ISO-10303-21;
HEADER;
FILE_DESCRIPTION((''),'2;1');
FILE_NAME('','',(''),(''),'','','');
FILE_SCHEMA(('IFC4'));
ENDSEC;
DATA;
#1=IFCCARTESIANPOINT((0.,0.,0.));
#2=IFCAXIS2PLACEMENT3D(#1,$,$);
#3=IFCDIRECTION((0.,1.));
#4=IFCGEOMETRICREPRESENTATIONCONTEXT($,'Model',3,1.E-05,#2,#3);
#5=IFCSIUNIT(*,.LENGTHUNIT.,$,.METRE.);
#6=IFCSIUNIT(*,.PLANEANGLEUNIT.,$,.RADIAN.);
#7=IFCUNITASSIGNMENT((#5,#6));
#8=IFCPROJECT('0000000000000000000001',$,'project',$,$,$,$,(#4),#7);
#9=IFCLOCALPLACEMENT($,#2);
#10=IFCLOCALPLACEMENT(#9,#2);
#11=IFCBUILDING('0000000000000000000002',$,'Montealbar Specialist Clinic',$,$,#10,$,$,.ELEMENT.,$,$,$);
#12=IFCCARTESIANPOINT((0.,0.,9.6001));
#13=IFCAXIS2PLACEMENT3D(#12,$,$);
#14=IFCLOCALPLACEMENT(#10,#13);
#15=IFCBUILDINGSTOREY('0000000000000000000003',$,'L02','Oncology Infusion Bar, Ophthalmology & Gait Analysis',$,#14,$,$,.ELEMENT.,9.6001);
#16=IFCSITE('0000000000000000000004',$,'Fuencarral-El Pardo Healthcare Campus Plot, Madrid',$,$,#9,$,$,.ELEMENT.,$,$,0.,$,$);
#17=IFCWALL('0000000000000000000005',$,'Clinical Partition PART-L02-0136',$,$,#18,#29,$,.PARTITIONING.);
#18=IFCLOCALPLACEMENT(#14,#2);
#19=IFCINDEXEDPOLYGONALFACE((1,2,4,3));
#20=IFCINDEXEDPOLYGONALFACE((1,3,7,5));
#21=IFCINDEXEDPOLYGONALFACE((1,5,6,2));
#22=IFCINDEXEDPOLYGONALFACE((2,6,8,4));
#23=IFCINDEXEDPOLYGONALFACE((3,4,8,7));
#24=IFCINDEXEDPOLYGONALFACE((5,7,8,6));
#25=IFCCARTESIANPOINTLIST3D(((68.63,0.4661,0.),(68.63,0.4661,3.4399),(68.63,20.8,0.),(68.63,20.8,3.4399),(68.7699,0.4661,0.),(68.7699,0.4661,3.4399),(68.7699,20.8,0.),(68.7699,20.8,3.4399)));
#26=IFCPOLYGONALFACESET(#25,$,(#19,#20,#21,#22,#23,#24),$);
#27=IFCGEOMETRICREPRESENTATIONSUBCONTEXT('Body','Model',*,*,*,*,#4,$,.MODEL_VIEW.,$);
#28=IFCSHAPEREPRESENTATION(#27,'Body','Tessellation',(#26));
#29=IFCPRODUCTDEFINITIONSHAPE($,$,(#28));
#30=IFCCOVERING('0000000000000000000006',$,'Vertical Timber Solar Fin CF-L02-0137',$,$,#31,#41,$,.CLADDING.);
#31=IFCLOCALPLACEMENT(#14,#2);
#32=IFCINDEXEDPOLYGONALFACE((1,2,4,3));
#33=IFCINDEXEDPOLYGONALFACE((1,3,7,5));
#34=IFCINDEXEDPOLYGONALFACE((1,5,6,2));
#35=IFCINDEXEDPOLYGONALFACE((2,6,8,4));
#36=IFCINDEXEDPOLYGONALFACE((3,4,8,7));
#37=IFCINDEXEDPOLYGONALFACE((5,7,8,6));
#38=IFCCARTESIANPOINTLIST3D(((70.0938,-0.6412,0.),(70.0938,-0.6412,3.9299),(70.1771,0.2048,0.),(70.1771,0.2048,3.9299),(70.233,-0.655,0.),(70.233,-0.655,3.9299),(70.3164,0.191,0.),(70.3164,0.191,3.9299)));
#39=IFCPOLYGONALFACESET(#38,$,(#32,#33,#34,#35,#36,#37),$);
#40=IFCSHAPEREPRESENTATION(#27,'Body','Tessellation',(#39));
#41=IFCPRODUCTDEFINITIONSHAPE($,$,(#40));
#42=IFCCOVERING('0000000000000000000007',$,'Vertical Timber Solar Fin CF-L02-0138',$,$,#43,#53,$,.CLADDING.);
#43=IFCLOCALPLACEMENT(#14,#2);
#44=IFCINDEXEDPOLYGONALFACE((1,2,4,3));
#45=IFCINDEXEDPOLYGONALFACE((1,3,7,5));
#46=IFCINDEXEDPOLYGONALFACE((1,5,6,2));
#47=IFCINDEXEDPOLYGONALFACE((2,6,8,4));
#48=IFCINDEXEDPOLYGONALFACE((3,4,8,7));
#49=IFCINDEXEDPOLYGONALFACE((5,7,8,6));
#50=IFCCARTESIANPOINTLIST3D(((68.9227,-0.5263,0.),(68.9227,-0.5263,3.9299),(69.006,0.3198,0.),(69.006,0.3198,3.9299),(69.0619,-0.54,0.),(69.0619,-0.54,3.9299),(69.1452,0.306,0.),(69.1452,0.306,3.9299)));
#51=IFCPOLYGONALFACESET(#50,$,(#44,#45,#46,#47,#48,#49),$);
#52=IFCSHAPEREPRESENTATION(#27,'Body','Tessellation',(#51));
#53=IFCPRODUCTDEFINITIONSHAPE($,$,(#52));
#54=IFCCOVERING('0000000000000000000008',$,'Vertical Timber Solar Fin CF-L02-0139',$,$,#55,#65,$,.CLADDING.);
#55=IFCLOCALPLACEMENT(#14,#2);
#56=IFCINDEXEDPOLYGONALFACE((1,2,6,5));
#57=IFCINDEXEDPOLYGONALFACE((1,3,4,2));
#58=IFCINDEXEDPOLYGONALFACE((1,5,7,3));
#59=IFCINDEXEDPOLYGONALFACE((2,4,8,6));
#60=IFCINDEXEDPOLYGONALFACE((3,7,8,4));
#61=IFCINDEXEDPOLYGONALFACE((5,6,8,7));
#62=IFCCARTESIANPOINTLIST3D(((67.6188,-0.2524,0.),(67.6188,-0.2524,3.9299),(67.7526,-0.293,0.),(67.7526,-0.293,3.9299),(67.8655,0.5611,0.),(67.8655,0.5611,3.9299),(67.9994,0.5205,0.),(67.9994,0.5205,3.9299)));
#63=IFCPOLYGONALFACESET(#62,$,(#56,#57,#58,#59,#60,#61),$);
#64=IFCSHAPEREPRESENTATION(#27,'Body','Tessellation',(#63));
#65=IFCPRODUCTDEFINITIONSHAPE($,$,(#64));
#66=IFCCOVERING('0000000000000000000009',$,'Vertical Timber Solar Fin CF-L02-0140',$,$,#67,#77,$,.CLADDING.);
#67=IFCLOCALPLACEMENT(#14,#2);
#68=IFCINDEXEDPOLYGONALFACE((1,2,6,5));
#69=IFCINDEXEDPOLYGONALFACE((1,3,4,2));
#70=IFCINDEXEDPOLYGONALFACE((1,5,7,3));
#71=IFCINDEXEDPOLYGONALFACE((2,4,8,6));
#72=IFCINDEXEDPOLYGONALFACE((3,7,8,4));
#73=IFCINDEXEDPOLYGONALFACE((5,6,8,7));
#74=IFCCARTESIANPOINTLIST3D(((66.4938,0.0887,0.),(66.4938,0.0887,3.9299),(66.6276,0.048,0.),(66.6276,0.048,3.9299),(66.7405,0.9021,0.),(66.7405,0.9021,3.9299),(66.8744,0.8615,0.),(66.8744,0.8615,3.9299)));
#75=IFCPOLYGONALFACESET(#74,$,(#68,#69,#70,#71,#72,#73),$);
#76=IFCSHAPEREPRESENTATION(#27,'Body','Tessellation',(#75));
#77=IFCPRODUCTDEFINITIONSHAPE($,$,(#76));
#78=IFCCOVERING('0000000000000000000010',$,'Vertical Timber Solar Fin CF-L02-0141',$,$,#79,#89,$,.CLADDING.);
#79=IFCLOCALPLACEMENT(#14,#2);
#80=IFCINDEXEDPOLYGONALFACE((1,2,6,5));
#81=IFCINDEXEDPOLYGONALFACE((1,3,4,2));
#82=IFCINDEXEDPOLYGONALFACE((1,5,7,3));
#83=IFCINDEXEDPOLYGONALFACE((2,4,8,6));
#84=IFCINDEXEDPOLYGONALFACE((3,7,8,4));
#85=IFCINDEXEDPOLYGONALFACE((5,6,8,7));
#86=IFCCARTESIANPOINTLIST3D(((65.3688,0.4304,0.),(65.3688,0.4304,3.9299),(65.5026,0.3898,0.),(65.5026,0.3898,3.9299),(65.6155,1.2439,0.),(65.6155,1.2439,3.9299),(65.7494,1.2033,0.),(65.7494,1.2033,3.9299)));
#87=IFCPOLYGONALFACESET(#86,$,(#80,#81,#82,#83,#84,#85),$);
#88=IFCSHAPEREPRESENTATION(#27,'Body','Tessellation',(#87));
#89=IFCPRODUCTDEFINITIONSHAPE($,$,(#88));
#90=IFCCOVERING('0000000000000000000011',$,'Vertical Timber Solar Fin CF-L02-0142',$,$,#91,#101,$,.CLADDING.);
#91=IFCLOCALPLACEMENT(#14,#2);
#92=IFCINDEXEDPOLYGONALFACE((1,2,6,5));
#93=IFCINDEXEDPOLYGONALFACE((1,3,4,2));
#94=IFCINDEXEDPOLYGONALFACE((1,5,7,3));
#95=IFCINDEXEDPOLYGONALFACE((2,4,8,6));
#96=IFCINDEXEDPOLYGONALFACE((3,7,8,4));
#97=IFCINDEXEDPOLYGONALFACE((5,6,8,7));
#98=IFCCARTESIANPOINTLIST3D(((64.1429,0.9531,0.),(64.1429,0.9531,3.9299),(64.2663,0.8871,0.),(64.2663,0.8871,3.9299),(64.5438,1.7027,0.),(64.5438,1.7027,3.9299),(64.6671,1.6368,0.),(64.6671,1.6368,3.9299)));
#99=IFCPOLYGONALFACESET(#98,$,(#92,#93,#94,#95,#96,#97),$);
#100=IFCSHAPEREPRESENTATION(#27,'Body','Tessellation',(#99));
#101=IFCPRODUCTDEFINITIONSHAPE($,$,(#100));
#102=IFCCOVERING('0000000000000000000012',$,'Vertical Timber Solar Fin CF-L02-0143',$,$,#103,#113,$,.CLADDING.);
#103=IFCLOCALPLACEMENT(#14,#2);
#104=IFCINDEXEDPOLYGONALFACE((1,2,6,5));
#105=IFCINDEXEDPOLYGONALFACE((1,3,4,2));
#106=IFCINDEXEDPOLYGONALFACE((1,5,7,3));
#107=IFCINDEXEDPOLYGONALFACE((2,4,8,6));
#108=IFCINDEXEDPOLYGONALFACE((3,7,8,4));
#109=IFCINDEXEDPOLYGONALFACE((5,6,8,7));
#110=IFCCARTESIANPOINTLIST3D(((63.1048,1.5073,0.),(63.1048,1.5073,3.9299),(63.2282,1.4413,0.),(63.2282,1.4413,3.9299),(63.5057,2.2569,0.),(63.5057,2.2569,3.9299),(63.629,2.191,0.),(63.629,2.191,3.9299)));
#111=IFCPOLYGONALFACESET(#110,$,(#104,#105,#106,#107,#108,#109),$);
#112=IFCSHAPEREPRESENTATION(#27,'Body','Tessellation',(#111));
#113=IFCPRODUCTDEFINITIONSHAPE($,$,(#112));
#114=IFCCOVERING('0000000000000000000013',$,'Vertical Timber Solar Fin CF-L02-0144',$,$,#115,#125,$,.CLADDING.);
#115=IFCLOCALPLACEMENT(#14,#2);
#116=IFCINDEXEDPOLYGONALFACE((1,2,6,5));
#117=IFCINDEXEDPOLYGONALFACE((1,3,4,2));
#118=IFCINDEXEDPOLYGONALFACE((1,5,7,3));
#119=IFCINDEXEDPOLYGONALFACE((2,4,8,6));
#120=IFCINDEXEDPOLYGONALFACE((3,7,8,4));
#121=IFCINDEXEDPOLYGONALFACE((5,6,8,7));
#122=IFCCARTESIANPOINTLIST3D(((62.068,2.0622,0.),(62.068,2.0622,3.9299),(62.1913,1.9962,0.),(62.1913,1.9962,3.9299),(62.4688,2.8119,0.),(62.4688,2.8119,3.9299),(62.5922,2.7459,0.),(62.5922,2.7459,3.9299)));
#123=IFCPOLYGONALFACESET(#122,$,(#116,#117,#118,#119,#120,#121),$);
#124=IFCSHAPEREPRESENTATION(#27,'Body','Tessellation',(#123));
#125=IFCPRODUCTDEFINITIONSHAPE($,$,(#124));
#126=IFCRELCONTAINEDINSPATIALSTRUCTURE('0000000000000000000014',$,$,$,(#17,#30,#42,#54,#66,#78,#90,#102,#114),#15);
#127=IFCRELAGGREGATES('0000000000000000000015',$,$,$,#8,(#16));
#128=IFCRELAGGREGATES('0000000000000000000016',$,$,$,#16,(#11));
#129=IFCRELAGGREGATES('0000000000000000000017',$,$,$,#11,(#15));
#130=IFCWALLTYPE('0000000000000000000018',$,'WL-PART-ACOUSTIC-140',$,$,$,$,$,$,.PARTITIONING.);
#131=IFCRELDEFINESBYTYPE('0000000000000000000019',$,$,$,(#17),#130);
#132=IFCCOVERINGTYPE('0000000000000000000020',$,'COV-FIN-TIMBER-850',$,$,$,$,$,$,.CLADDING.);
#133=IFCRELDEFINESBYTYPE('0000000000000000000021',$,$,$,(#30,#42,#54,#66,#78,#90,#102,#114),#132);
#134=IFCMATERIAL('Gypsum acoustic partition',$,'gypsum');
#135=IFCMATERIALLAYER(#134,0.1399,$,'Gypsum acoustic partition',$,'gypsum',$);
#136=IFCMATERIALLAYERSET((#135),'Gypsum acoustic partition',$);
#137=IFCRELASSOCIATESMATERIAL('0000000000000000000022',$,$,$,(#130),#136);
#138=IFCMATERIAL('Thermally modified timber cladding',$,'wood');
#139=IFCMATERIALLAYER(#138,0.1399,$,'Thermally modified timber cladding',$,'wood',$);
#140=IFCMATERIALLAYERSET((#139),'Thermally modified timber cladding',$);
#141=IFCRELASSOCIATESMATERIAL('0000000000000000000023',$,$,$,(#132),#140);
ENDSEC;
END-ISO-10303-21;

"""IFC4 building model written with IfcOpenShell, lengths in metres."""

from ifc_helpers import new_model, si_unit, direction, frame, frame_2d, origin, origin_2d, place, context, subcontext, project, spatial, rectangle, extrude, material, layer, layer_set, type_object, element, save


model = new_model("IFC4")

# Units and contexts
model_context = context("Model", 3, precision=1e-05, world=origin(), true_north=direction((0.0, 1.0)))
body_context = subcontext(model_context, "Body", "Model", "MODEL_VIEW")
ifc_project = project(units=[si_unit("LENGTHUNIT", "METRE"), si_unit("PLANEANGLEUNIT", "RADIAN")], contexts=[model_context])

# Site, building, storey
site_placement = place(None, origin())
site = spatial("IfcSite", under=ifc_project, at=site_placement, Name="Fuencarral-El Pardo Healthcare Campus Plot, Madrid", CompositionType="ELEMENT", RefElevation=0.0)
building_placement = place(site_placement, origin())
building = spatial("IfcBuilding", under=site, at=building_placement, Name="Montealbar Specialist Clinic", CompositionType="ELEMENT")
storey_placement = place(building_placement, frame((0.0, 0.0, 9.6001)))
storey = spatial("IfcBuildingStorey", under=building, at=storey_placement, Name="L02", Description="Oncology Infusion Bar, Ophthalmology & Gait Analysis", CompositionType="ELEMENT", Elevation=9.6001)

# Wall
ifc_material_1 = material(Name="Gypsum acoustic partition", Category="gypsum")
ifc_layer_1 = layer(ifc_material_1, 0.1399, Name="Gypsum acoustic partition", Category="gypsum")
ifc_layer_set_1 = layer_set([ifc_layer_1], Name="Gypsum acoustic partition")
wall_type_1 = type_object("IfcWallType", Name="WL-PART-ACOUSTIC-140", PredefinedType="PARTITIONING", material=ifc_layer_set_1)
wall_1_placement = place(storey_placement, frame((68.7, 0.4661, 0.0), z_axis=(0.0, 0.0, 1.0), x_axis=(0.0, 1.0, 0.0)))
element("IfcWall", 1, at=wall_1_placement, inside=storey, type_object=wall_type_1, Name="Clinical Partition PART-L02-0136", PredefinedType="PARTITIONING", context=body_context, shape_type="SweptSolid", body=[
    extrude(rectangle(XDim=20.334, YDim=0.1399, at=frame_2d((10.167, 0.0))), origin(), (0.0, 0.0, 1.0), 3.4399),
])

# Coverings
ifc_material_2 = material(Name="Thermally modified timber cladding", Category="wood")
ifc_layer_2 = layer(ifc_material_2, 0.1399, Name="Thermally modified timber cladding", Category="wood")
ifc_layer_set_2 = layer_set([ifc_layer_2], Name="Thermally modified timber cladding")
covering_type = type_object("IfcCoveringType", Name="COV-FIN-TIMBER-850", PredefinedType="CLADDING", material=ifc_layer_set_2)
for number, where, z_axis, x_axis, name in (
    (2, (70.2051, -0.2251, 0.0), (0.0, 0.0, 1.0), (-0.098045, -0.995182, 0.0), "Vertical Timber Solar Fin CF-L02-0137"),
    (3, (69.0339, -0.1101, 0.0), (0.0, 0.0, 1.0), (-0.098045, -0.995182, 0.0), "Vertical Timber Solar Fin CF-L02-0138"),
    (4, (67.8091, 0.134, 0.0), (0.0, 0.0, 1.0), (-0.290259, -0.956948, 0.0), "Vertical Timber Solar Fin CF-L02-0139"),
    (5, (66.6841, 0.4751, 0.0), (0.0, 0.0, 1.0), (-0.290259, -0.956948, 0.0), "Vertical Timber Solar Fin CF-L02-0140"),
    (6, (65.5591, 0.8169, 0.0), (0.0, 0.0, 1.0), (-0.290259, -0.956948, 0.0), "Vertical Timber Solar Fin CF-L02-0141"),
    (7, (64.405, 1.2949, 0.0), (0.0, 0.0, 1.0), (-0.471529, -0.88185, 0.0), "Vertical Timber Solar Fin CF-L02-0142"),
    (8, (63.3669, 1.8491, 0.0), (0.0, 0.0, 1.0), (-0.471529, -0.88185, 0.0), "Vertical Timber Solar Fin CF-L02-0143"),
    (9, (62.3301, 2.4041, 0.0), (0.0, 0.0, 1.0), (-0.471529, -0.88185, 0.0), "Vertical Timber Solar Fin CF-L02-0144"),
):
    element("IfcCovering", number, at=place(storey_placement, frame(where, z_axis=z_axis, x_axis=x_axis)), inside=storey, type_object=covering_type, Name=name, PredefinedType="CLADDING", context=body_context, shape_type="SweptSolid", body=[
        extrude(rectangle(XDim=0.8501, YDim=0.1399, at=origin_2d()), origin(), (0.0, 0.0, 1.0), 3.9299),
    ])

save(model, "model.ifc")
